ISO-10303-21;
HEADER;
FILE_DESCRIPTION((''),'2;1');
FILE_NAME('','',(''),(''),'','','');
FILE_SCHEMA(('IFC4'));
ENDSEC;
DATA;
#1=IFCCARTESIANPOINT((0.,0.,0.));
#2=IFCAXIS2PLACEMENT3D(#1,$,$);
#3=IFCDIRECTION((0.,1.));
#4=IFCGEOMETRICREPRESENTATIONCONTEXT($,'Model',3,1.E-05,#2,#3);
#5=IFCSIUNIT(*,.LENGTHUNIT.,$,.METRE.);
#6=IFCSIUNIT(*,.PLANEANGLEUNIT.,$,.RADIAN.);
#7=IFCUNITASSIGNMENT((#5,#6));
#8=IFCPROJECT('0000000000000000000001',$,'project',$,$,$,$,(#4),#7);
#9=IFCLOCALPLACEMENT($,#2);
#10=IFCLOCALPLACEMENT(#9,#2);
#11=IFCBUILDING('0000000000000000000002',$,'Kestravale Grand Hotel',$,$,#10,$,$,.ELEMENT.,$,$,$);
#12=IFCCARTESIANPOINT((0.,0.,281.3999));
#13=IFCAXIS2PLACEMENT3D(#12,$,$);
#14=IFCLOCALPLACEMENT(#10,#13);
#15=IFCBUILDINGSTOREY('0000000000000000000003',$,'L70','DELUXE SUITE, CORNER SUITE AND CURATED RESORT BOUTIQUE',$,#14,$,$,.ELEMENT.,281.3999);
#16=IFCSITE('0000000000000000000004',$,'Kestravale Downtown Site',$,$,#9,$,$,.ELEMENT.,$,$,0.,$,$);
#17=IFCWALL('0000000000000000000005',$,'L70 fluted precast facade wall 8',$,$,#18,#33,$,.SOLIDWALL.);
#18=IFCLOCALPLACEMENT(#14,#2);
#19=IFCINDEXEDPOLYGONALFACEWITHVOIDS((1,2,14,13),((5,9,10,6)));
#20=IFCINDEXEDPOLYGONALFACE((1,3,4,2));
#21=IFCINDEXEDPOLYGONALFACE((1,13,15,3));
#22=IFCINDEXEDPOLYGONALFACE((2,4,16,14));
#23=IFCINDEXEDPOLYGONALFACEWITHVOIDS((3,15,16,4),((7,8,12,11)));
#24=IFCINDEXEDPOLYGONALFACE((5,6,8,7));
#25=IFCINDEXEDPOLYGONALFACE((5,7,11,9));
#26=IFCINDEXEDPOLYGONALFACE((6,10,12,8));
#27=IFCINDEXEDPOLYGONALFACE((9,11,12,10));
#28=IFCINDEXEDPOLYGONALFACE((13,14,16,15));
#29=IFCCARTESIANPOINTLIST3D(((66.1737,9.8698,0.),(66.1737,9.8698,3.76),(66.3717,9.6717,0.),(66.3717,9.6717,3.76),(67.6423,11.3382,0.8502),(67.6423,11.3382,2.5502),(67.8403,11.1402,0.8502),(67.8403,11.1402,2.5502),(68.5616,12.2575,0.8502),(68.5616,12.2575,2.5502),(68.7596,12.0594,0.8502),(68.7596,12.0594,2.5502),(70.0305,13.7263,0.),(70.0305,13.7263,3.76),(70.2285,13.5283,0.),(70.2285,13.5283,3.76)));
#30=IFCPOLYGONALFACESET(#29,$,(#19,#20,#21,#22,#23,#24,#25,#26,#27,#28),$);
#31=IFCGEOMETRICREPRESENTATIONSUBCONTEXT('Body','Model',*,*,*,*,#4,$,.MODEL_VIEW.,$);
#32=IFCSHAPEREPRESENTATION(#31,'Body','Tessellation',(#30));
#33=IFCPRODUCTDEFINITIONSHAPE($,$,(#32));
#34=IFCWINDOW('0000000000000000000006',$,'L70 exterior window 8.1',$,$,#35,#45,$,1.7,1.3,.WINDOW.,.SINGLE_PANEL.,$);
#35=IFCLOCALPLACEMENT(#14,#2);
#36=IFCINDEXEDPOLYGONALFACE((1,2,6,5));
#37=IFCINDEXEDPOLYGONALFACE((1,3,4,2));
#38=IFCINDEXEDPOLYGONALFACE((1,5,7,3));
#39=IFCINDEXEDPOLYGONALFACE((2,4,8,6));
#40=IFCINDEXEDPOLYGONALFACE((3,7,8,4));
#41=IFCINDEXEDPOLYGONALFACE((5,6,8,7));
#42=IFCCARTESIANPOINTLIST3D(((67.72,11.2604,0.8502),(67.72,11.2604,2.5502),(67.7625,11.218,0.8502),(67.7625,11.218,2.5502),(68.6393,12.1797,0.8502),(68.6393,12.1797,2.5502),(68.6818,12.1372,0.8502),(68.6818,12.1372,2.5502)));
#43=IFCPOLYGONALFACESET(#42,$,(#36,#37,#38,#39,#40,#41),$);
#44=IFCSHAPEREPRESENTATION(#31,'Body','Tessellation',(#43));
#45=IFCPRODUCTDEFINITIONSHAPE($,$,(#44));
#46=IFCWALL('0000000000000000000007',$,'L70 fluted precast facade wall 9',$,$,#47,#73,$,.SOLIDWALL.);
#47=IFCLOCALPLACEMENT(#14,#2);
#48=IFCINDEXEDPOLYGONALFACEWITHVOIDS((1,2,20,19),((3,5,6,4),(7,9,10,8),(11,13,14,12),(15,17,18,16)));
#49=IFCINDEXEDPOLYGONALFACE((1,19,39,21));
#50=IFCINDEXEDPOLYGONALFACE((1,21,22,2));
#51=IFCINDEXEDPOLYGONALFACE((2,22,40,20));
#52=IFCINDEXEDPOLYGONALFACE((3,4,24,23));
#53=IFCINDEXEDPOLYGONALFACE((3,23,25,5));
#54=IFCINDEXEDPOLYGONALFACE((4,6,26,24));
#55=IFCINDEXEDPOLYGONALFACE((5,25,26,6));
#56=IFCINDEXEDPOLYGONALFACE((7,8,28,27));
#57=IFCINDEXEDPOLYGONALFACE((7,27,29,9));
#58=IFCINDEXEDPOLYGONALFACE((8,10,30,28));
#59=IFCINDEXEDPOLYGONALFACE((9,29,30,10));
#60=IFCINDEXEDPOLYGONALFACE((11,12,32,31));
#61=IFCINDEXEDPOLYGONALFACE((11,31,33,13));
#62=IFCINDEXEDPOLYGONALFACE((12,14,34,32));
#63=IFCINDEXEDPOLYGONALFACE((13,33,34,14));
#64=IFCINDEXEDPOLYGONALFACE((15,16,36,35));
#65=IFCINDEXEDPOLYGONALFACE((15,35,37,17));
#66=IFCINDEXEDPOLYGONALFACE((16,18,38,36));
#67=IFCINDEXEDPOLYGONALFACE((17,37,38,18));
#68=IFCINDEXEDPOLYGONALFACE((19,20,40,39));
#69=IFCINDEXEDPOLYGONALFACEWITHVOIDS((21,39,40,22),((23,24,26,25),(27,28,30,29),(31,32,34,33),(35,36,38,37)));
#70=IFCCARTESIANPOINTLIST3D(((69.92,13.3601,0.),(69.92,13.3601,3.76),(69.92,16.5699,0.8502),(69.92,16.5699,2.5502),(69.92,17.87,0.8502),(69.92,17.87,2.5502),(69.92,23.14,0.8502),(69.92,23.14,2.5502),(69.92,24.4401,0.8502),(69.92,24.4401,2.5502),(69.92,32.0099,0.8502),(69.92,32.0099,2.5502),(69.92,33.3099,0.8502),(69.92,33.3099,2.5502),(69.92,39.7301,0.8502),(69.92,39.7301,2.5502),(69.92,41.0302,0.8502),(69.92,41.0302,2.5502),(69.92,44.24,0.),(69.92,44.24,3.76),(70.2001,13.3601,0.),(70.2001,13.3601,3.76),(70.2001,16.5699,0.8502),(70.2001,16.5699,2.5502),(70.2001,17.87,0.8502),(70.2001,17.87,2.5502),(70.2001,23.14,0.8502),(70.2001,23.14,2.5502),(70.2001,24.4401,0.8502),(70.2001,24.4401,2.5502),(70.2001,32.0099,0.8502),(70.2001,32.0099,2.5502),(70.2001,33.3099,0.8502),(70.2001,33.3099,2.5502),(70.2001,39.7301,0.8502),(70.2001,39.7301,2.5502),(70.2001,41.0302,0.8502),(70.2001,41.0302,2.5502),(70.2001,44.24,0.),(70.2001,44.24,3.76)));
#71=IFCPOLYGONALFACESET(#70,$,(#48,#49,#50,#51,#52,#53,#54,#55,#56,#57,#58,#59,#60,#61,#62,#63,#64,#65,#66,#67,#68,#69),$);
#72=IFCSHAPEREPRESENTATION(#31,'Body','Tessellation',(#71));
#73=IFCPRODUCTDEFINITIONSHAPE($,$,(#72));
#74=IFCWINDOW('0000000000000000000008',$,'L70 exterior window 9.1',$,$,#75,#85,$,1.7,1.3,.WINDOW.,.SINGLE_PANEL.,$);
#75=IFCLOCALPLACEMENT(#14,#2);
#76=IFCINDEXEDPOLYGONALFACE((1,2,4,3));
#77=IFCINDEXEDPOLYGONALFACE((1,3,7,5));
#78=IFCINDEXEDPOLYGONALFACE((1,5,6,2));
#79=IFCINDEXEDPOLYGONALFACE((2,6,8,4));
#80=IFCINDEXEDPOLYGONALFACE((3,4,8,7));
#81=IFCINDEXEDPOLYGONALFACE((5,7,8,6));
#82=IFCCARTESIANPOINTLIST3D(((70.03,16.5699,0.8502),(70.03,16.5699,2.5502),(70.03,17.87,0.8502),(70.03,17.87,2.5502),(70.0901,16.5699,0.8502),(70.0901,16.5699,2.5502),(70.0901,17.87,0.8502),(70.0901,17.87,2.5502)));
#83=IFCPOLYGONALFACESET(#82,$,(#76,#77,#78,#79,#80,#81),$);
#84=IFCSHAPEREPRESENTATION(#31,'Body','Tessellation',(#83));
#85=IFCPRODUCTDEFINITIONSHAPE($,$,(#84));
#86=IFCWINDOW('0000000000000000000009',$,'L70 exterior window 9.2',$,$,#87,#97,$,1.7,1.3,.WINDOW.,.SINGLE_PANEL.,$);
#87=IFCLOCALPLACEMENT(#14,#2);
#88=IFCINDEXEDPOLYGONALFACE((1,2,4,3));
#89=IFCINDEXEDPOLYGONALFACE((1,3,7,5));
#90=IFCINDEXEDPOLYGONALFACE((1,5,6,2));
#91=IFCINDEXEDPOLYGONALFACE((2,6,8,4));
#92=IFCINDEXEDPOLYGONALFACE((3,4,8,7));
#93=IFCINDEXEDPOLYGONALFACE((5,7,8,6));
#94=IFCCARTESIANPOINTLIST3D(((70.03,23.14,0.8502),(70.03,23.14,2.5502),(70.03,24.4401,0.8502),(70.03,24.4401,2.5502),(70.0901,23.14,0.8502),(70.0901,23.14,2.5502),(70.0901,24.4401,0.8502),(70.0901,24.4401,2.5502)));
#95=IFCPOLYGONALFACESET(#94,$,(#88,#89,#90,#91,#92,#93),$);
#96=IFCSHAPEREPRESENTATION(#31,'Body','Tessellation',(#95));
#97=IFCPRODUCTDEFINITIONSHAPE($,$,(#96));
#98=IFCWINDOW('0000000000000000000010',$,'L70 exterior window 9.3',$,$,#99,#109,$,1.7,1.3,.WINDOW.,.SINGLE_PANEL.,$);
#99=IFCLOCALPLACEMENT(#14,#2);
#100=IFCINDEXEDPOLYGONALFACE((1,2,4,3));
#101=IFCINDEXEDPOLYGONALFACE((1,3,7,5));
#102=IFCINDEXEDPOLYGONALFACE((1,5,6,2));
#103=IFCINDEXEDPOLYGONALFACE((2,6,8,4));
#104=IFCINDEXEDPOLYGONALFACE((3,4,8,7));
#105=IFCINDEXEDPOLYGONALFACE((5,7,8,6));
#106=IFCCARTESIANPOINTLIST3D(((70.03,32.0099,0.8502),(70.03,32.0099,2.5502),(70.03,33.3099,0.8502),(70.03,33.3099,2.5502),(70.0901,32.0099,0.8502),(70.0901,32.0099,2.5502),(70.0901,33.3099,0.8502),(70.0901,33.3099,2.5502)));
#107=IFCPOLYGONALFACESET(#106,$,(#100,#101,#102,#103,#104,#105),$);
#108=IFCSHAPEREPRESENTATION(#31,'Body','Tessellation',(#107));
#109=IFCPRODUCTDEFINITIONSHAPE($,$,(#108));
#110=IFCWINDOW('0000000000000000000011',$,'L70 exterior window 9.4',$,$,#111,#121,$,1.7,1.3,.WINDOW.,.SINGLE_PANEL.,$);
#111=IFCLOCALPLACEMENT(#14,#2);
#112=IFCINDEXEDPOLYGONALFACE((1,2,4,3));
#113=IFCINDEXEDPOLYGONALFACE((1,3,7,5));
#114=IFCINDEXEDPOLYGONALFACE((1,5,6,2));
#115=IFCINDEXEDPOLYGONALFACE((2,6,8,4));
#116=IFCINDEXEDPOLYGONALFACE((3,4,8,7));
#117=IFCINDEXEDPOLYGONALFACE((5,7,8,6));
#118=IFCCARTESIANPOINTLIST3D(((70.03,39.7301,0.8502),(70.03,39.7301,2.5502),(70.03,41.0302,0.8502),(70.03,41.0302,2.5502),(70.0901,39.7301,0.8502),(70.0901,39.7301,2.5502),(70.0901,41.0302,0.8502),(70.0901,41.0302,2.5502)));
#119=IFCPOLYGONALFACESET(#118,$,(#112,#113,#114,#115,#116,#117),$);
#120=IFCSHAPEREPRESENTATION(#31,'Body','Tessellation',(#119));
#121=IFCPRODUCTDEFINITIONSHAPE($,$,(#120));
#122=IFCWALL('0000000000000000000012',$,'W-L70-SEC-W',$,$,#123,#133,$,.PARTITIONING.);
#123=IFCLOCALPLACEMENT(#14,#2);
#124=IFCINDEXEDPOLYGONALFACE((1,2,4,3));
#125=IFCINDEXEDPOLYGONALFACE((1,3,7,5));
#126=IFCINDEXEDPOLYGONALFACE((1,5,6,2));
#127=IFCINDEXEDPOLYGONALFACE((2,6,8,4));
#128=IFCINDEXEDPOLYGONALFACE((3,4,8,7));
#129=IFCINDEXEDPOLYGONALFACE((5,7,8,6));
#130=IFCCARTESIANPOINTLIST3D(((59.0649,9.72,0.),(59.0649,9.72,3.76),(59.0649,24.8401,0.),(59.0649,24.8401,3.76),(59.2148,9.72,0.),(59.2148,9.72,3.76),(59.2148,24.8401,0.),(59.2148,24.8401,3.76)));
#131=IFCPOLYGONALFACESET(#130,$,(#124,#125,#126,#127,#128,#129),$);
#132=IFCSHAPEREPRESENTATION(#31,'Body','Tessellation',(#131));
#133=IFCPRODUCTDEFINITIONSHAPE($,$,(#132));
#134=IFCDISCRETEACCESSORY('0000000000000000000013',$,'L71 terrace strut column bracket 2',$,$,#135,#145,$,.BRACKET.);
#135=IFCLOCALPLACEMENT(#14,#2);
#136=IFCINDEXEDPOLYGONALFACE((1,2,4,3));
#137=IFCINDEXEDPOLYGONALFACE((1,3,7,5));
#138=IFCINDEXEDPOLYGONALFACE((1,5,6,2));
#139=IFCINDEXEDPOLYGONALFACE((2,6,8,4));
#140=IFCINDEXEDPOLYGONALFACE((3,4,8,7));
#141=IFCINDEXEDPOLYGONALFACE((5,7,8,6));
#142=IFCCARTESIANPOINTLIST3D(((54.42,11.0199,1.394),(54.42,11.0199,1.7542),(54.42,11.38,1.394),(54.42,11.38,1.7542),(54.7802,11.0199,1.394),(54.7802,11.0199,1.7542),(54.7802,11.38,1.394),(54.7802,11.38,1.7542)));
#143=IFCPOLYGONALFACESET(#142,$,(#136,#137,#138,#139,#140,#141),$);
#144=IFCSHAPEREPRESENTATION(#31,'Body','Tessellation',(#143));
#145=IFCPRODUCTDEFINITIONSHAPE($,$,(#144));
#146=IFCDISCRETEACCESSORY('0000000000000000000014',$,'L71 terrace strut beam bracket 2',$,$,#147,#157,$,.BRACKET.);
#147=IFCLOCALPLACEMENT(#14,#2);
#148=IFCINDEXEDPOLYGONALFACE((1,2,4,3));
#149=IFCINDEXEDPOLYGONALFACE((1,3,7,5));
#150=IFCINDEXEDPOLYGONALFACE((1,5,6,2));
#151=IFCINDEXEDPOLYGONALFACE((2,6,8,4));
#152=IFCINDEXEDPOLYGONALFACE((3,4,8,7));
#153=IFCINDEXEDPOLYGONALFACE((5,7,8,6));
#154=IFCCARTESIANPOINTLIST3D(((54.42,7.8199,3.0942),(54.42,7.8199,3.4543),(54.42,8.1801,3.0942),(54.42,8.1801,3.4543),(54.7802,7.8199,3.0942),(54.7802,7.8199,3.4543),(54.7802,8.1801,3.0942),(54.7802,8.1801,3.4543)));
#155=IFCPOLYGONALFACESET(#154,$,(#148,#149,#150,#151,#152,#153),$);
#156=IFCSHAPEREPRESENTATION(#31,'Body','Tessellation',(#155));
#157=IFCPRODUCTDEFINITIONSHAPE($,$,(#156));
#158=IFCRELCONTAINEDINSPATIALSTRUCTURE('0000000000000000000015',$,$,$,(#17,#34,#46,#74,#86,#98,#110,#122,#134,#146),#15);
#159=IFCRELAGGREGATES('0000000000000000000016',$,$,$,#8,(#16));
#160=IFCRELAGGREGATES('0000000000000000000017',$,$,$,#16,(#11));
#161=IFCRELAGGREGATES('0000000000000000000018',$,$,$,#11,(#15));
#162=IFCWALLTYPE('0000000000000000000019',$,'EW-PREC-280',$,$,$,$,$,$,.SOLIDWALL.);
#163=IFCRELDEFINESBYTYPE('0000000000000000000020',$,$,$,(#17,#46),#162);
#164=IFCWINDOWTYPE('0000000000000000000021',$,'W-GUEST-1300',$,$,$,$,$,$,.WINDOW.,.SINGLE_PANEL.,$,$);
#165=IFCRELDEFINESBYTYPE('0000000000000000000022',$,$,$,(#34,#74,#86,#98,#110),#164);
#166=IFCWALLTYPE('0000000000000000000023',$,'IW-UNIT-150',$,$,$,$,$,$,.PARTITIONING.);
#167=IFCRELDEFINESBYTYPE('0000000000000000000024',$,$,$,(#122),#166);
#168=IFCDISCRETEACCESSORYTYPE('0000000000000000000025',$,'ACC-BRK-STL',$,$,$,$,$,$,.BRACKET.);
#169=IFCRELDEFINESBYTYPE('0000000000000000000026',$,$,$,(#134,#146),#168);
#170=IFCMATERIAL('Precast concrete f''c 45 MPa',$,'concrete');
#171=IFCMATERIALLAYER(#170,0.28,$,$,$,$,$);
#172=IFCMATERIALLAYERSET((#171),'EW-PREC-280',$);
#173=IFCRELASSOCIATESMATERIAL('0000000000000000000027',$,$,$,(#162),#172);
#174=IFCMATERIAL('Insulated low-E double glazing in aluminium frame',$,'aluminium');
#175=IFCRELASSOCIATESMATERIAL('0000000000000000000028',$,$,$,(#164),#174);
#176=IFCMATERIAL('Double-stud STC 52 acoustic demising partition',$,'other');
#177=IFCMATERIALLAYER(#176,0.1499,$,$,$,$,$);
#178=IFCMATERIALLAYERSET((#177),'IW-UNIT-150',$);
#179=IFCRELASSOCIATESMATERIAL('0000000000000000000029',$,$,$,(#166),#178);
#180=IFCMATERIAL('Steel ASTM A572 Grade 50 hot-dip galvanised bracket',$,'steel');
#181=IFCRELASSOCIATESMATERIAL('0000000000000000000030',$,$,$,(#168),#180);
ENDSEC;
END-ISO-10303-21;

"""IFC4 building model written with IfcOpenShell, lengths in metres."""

from ifc_helpers import new_model, si_unit, direction, frame, frame_2d, origin, origin_2d, place, context, subcontext, project, spatial, rectangle, extrude, material, layer, layer_set, type_object, element, fill, save


model = new_model("IFC4")

# Units and contexts
model_context = context("Model", 3, precision=1e-05, world=origin(), true_north=direction((0.0, 1.0)))
body_context = subcontext(model_context, "Body", "Model", "MODEL_VIEW")
ifc_project = project(units=[si_unit("LENGTHUNIT", "METRE"), si_unit("PLANEANGLEUNIT", "RADIAN")], contexts=[model_context])

# Site, building, storey
site_placement = place(None, origin())
site = spatial("IfcSite", under=ifc_project, at=site_placement, Name="Kestravale Downtown Site", CompositionType="ELEMENT", RefElevation=0.0)
building_placement = place(site_placement, origin())
building = spatial("IfcBuilding", under=site, at=building_placement, Name="Kestravale Grand Hotel", CompositionType="ELEMENT")
storey_placement = place(building_placement, frame((0.0, 0.0, 281.3999)))
storey = spatial("IfcBuildingStorey", under=building, at=storey_placement, Name="L70", Description="DELUXE SUITE, CORNER SUITE AND CURATED RESORT BOUTIQUE", CompositionType="ELEMENT", Elevation=281.3999)

# Wall, opening, window
ifc_material_1 = material(Name="Precast concrete f'c 45 MPa", Category="concrete")
ifc_layer_1 = layer(ifc_material_1, 0.28)
ifc_layer_set_1 = layer_set([ifc_layer_1], Name="EW-PREC-280")
wall_type_1 = type_object("IfcWallType", Name="EW-PREC-280", PredefinedType="SOLIDWALL", material=ifc_layer_set_1)
wall_1_placement = place(storey_placement, frame((66.2727, 9.7708, 0.0), z_axis=(0.0, 0.0, 1.0), x_axis=(0.707129, 0.707084, 0.0)))
wall_1 = element("IfcWall", 1, at=wall_1_placement, inside=storey, type_object=wall_type_1, Name="L70 fluted precast facade wall 8", PredefinedType="SOLIDWALL", context=body_context, shape_type="SweptSolid", body=[
    extrude(rectangle(XDim=5.4541, YDim=0.28, at=frame_2d((2.7271, 0.0))), origin(), (0.0, 0.0, 1.0), 3.76),
])
opening_1_placement = place(wall_1_placement, frame((2.0769, 0.0, 0.8501)))
opening_1 = element("IfcOpeningElement", 2, at=opening_1_placement, cuts=wall_1, PredefinedType="OPENING", context=body_context, shape_type="SweptSolid", body=[
    extrude(rectangle(XDim=1.3, YDim=1.7, at=frame_2d((0.6499, 0.8501))), frame((0.0, 0.1499, 0.0), z_axis=(0.0, -1.0, 0.0), x_axis=(1.0, 0.0, 0.0)), (0.0, 0.0, 1.0), 0.3),
])
ifc_material_2 = material(Name="Insulated low-E double glazing in aluminium frame", Category="aluminium")
window_type = type_object("IfcWindowType", Name="W-GUEST-1300", PartitioningType="SINGLE_PANEL", PredefinedType="WINDOW", material=ifc_material_2)
window_1_placement = place(opening_1_placement, origin())
window_1 = element("IfcWindow", 3, at=window_1_placement, inside=storey, type_object=window_type, Name="L70 exterior window 8.1", OverallHeight=1.7, OverallWidth=1.3, PartitioningType="SINGLE_PANEL", PredefinedType="WINDOW", context=body_context, shape_type="SweptSolid", body=[
    extrude(rectangle(XDim=1.3, YDim=1.7, at=frame_2d((0.6499, 0.8501))), frame((0.0, 0.03, 0.0), z_axis=(0.0, -1.0, 0.0), x_axis=(1.0, 0.0, 0.0)), (0.0, 0.0, 1.0), 0.0601),
])
fill(opening_1, window_1)

# Wall, openings, windows
wall_2_placement = place(storey_placement, frame((70.0601, 13.3601, 0.0), z_axis=(0.0, 0.0, 1.0), x_axis=(0.0, 1.0, 0.0)))
wall_2 = element("IfcWall", 4, at=wall_2_placement, inside=storey, type_object=wall_type_1, Name="L70 fluted precast facade wall 9", PredefinedType="SOLIDWALL", context=body_context, shape_type="SweptSolid", body=[
    extrude(rectangle(XDim=30.8799, YDim=0.28, at=frame_2d((15.4399, 0.0))), origin(), (0.0, 0.0, 1.0), 3.76),
])
opening_2_placement = place(wall_2_placement, frame((3.21, 0.0, 0.8501)))
opening_2 = element("IfcOpeningElement", 5, at=opening_2_placement, cuts=wall_2, PredefinedType="OPENING", context=body_context, shape_type="SweptSolid", body=[
    extrude(rectangle(XDim=1.3, YDim=1.7, at=frame_2d((0.6499, 0.8501))), frame((0.0, 0.1499, 0.0), z_axis=(0.0, -1.0, 0.0), x_axis=(1.0, 0.0, 0.0)), (0.0, 0.0, 1.0), 0.3),
])
opening_3_placement = place(wall_2_placement, frame((9.78, 0.0, 0.8501)))
opening_3 = element("IfcOpeningElement", 6, at=opening_3_placement, cuts=wall_2, PredefinedType="OPENING", context=body_context, shape_type="SweptSolid", body=[
    extrude(rectangle(XDim=1.3, YDim=1.7, at=frame_2d((0.6499, 0.8501))), frame((0.0, 0.1499, 0.0), z_axis=(0.0, -1.0, 0.0), x_axis=(1.0, 0.0, 0.0)), (0.0, 0.0, 1.0), 0.3),
])
opening_4_placement = place(wall_2_placement, frame((18.6499, 0.0, 0.8501)))
opening_4 = element("IfcOpeningElement", 7, at=opening_4_placement, cuts=wall_2, PredefinedType="OPENING", context=body_context, shape_type="SweptSolid", body=[
    extrude(rectangle(XDim=1.3, YDim=1.7, at=frame_2d((0.6499, 0.8501))), frame((0.0, 0.1499, 0.0), z_axis=(0.0, -1.0, 0.0), x_axis=(1.0, 0.0, 0.0)), (0.0, 0.0, 1.0), 0.3),
])
opening_5_placement = place(wall_2_placement, frame((26.3701, 0.0, 0.8501)))
opening_5 = element("IfcOpeningElement", 8, at=opening_5_placement, cuts=wall_2, PredefinedType="OPENING", context=body_context, shape_type="SweptSolid", body=[
    extrude(rectangle(XDim=1.3, YDim=1.7, at=frame_2d((0.6499, 0.8501))), frame((0.0, 0.1499, 0.0), z_axis=(0.0, -1.0, 0.0), x_axis=(1.0, 0.0, 0.0)), (0.0, 0.0, 1.0), 0.3),
])
window_2_placement = place(opening_2_placement, origin())
window_2 = element("IfcWindow", 9, at=window_2_placement, inside=storey, type_object=window_type, Name="L70 exterior window 9.1", OverallHeight=1.7, OverallWidth=1.3, PartitioningType="SINGLE_PANEL", PredefinedType="WINDOW", context=body_context, shape_type="SweptSolid", body=[
    extrude(rectangle(XDim=1.3, YDim=1.7, at=frame_2d((0.6499, 0.8501))), frame((0.0, 0.03, 0.0), z_axis=(0.0, -1.0, 0.0), x_axis=(1.0, 0.0, 0.0)), (0.0, 0.0, 1.0), 0.0601),
])
fill(opening_2, window_2)
window_3_placement = place(opening_3_placement, origin())
window_3 = element("IfcWindow", 10, at=window_3_placement, inside=storey, type_object=window_type, Name="L70 exterior window 9.2", OverallHeight=1.7, OverallWidth=1.3, PartitioningType="SINGLE_PANEL", PredefinedType="WINDOW", context=body_context, shape_type="SweptSolid", body=[
    extrude(rectangle(XDim=1.3, YDim=1.7, at=frame_2d((0.6499, 0.8501))), frame((0.0, 0.03, 0.0), z_axis=(0.0, -1.0, 0.0), x_axis=(1.0, 0.0, 0.0)), (0.0, 0.0, 1.0), 0.0601),
])
fill(opening_3, window_3)
window_4_placement = place(opening_4_placement, origin())
window_4 = element("IfcWindow", 11, at=window_4_placement, inside=storey, type_object=window_type, Name="L70 exterior window 9.3", OverallHeight=1.7, OverallWidth=1.3, PartitioningType="SINGLE_PANEL", PredefinedType="WINDOW", context=body_context, shape_type="SweptSolid", body=[
    extrude(rectangle(XDim=1.3, YDim=1.7, at=frame_2d((0.6499, 0.8501))), frame((0.0, 0.03, 0.0), z_axis=(0.0, -1.0, 0.0), x_axis=(1.0, 0.0, 0.0)), (0.0, 0.0, 1.0), 0.0601),
])
fill(opening_4, window_4)
window_5_placement = place(opening_5_placement, origin())
window_5 = element("IfcWindow", 12, at=window_5_placement, inside=storey, type_object=window_type, Name="L70 exterior window 9.4", OverallHeight=1.7, OverallWidth=1.3, PartitioningType="SINGLE_PANEL", PredefinedType="WINDOW", context=body_context, shape_type="SweptSolid", body=[
    extrude(rectangle(XDim=1.3, YDim=1.7, at=frame_2d((0.6499, 0.8501))), frame((0.0, 0.03, 0.0), z_axis=(0.0, -1.0, 0.0), x_axis=(1.0, 0.0, 0.0)), (0.0, 0.0, 1.0), 0.0601),
])
fill(opening_5, window_5)

# Wall
ifc_material_3 = material(Name="Double-stud STC 52 acoustic demising partition", Category="other")
ifc_layer_2 = layer(ifc_material_3, 0.1499)
ifc_layer_set_2 = layer_set([ifc_layer_2], Name="IW-UNIT-150")
wall_type_2 = type_object("IfcWallType", Name="IW-UNIT-150", PredefinedType="PARTITIONING", material=ifc_layer_set_2)
wall_3_placement = place(storey_placement, frame((59.1399, 9.72, 0.0), z_axis=(0.0, 0.0, 1.0), x_axis=(0.0, 1.0, 0.0)))
element("IfcWall", 13, at=wall_3_placement, inside=storey, type_object=wall_type_2, Name="W-L70-SEC-W", PredefinedType="PARTITIONING", context=body_context, shape_type="SweptSolid", body=[
    extrude(rectangle(XDim=15.1201, YDim=0.1499, at=frame_2d((7.5601, 0.0))), origin(), (0.0, 0.0, 1.0), 3.76),
])

# Discrete accessories
ifc_material_4 = material(Name="Steel ASTM A572 Grade 50 hot-dip galvanised bracket", Category="steel")
discrete_accessory_type = type_object("IfcDiscreteAccessoryType", Name="ACC-BRK-STL", PredefinedType="BRACKET", material=ifc_material_4)
for number, where, z_axis, x_axis, name in (
    (14, (54.6001, 11.2, 1.394), (0.0, 0.0, 1.0), (1.0, 0.0, 0.0), "L71 terrace strut column bracket 2"),
    (15, (54.6001, 8.0, 3.0942), (0.0, 0.0, 1.0), (1.0, 0.0, 0.0), "L71 terrace strut beam bracket 2"),
):
    element("IfcDiscreteAccessory", number, at=place(storey_placement, frame(where, z_axis=z_axis, x_axis=x_axis)), inside=storey, type_object=discrete_accessory_type, Name=name, PredefinedType="BRACKET", context=body_context, shape_type="SweptSolid", body=[
        extrude(rectangle(XDim=0.3601, YDim=0.3601, at=origin_2d()), origin(), (0.0, 0.0, 1.0), 0.3601),
    ])

save(model, "model.ifc")
